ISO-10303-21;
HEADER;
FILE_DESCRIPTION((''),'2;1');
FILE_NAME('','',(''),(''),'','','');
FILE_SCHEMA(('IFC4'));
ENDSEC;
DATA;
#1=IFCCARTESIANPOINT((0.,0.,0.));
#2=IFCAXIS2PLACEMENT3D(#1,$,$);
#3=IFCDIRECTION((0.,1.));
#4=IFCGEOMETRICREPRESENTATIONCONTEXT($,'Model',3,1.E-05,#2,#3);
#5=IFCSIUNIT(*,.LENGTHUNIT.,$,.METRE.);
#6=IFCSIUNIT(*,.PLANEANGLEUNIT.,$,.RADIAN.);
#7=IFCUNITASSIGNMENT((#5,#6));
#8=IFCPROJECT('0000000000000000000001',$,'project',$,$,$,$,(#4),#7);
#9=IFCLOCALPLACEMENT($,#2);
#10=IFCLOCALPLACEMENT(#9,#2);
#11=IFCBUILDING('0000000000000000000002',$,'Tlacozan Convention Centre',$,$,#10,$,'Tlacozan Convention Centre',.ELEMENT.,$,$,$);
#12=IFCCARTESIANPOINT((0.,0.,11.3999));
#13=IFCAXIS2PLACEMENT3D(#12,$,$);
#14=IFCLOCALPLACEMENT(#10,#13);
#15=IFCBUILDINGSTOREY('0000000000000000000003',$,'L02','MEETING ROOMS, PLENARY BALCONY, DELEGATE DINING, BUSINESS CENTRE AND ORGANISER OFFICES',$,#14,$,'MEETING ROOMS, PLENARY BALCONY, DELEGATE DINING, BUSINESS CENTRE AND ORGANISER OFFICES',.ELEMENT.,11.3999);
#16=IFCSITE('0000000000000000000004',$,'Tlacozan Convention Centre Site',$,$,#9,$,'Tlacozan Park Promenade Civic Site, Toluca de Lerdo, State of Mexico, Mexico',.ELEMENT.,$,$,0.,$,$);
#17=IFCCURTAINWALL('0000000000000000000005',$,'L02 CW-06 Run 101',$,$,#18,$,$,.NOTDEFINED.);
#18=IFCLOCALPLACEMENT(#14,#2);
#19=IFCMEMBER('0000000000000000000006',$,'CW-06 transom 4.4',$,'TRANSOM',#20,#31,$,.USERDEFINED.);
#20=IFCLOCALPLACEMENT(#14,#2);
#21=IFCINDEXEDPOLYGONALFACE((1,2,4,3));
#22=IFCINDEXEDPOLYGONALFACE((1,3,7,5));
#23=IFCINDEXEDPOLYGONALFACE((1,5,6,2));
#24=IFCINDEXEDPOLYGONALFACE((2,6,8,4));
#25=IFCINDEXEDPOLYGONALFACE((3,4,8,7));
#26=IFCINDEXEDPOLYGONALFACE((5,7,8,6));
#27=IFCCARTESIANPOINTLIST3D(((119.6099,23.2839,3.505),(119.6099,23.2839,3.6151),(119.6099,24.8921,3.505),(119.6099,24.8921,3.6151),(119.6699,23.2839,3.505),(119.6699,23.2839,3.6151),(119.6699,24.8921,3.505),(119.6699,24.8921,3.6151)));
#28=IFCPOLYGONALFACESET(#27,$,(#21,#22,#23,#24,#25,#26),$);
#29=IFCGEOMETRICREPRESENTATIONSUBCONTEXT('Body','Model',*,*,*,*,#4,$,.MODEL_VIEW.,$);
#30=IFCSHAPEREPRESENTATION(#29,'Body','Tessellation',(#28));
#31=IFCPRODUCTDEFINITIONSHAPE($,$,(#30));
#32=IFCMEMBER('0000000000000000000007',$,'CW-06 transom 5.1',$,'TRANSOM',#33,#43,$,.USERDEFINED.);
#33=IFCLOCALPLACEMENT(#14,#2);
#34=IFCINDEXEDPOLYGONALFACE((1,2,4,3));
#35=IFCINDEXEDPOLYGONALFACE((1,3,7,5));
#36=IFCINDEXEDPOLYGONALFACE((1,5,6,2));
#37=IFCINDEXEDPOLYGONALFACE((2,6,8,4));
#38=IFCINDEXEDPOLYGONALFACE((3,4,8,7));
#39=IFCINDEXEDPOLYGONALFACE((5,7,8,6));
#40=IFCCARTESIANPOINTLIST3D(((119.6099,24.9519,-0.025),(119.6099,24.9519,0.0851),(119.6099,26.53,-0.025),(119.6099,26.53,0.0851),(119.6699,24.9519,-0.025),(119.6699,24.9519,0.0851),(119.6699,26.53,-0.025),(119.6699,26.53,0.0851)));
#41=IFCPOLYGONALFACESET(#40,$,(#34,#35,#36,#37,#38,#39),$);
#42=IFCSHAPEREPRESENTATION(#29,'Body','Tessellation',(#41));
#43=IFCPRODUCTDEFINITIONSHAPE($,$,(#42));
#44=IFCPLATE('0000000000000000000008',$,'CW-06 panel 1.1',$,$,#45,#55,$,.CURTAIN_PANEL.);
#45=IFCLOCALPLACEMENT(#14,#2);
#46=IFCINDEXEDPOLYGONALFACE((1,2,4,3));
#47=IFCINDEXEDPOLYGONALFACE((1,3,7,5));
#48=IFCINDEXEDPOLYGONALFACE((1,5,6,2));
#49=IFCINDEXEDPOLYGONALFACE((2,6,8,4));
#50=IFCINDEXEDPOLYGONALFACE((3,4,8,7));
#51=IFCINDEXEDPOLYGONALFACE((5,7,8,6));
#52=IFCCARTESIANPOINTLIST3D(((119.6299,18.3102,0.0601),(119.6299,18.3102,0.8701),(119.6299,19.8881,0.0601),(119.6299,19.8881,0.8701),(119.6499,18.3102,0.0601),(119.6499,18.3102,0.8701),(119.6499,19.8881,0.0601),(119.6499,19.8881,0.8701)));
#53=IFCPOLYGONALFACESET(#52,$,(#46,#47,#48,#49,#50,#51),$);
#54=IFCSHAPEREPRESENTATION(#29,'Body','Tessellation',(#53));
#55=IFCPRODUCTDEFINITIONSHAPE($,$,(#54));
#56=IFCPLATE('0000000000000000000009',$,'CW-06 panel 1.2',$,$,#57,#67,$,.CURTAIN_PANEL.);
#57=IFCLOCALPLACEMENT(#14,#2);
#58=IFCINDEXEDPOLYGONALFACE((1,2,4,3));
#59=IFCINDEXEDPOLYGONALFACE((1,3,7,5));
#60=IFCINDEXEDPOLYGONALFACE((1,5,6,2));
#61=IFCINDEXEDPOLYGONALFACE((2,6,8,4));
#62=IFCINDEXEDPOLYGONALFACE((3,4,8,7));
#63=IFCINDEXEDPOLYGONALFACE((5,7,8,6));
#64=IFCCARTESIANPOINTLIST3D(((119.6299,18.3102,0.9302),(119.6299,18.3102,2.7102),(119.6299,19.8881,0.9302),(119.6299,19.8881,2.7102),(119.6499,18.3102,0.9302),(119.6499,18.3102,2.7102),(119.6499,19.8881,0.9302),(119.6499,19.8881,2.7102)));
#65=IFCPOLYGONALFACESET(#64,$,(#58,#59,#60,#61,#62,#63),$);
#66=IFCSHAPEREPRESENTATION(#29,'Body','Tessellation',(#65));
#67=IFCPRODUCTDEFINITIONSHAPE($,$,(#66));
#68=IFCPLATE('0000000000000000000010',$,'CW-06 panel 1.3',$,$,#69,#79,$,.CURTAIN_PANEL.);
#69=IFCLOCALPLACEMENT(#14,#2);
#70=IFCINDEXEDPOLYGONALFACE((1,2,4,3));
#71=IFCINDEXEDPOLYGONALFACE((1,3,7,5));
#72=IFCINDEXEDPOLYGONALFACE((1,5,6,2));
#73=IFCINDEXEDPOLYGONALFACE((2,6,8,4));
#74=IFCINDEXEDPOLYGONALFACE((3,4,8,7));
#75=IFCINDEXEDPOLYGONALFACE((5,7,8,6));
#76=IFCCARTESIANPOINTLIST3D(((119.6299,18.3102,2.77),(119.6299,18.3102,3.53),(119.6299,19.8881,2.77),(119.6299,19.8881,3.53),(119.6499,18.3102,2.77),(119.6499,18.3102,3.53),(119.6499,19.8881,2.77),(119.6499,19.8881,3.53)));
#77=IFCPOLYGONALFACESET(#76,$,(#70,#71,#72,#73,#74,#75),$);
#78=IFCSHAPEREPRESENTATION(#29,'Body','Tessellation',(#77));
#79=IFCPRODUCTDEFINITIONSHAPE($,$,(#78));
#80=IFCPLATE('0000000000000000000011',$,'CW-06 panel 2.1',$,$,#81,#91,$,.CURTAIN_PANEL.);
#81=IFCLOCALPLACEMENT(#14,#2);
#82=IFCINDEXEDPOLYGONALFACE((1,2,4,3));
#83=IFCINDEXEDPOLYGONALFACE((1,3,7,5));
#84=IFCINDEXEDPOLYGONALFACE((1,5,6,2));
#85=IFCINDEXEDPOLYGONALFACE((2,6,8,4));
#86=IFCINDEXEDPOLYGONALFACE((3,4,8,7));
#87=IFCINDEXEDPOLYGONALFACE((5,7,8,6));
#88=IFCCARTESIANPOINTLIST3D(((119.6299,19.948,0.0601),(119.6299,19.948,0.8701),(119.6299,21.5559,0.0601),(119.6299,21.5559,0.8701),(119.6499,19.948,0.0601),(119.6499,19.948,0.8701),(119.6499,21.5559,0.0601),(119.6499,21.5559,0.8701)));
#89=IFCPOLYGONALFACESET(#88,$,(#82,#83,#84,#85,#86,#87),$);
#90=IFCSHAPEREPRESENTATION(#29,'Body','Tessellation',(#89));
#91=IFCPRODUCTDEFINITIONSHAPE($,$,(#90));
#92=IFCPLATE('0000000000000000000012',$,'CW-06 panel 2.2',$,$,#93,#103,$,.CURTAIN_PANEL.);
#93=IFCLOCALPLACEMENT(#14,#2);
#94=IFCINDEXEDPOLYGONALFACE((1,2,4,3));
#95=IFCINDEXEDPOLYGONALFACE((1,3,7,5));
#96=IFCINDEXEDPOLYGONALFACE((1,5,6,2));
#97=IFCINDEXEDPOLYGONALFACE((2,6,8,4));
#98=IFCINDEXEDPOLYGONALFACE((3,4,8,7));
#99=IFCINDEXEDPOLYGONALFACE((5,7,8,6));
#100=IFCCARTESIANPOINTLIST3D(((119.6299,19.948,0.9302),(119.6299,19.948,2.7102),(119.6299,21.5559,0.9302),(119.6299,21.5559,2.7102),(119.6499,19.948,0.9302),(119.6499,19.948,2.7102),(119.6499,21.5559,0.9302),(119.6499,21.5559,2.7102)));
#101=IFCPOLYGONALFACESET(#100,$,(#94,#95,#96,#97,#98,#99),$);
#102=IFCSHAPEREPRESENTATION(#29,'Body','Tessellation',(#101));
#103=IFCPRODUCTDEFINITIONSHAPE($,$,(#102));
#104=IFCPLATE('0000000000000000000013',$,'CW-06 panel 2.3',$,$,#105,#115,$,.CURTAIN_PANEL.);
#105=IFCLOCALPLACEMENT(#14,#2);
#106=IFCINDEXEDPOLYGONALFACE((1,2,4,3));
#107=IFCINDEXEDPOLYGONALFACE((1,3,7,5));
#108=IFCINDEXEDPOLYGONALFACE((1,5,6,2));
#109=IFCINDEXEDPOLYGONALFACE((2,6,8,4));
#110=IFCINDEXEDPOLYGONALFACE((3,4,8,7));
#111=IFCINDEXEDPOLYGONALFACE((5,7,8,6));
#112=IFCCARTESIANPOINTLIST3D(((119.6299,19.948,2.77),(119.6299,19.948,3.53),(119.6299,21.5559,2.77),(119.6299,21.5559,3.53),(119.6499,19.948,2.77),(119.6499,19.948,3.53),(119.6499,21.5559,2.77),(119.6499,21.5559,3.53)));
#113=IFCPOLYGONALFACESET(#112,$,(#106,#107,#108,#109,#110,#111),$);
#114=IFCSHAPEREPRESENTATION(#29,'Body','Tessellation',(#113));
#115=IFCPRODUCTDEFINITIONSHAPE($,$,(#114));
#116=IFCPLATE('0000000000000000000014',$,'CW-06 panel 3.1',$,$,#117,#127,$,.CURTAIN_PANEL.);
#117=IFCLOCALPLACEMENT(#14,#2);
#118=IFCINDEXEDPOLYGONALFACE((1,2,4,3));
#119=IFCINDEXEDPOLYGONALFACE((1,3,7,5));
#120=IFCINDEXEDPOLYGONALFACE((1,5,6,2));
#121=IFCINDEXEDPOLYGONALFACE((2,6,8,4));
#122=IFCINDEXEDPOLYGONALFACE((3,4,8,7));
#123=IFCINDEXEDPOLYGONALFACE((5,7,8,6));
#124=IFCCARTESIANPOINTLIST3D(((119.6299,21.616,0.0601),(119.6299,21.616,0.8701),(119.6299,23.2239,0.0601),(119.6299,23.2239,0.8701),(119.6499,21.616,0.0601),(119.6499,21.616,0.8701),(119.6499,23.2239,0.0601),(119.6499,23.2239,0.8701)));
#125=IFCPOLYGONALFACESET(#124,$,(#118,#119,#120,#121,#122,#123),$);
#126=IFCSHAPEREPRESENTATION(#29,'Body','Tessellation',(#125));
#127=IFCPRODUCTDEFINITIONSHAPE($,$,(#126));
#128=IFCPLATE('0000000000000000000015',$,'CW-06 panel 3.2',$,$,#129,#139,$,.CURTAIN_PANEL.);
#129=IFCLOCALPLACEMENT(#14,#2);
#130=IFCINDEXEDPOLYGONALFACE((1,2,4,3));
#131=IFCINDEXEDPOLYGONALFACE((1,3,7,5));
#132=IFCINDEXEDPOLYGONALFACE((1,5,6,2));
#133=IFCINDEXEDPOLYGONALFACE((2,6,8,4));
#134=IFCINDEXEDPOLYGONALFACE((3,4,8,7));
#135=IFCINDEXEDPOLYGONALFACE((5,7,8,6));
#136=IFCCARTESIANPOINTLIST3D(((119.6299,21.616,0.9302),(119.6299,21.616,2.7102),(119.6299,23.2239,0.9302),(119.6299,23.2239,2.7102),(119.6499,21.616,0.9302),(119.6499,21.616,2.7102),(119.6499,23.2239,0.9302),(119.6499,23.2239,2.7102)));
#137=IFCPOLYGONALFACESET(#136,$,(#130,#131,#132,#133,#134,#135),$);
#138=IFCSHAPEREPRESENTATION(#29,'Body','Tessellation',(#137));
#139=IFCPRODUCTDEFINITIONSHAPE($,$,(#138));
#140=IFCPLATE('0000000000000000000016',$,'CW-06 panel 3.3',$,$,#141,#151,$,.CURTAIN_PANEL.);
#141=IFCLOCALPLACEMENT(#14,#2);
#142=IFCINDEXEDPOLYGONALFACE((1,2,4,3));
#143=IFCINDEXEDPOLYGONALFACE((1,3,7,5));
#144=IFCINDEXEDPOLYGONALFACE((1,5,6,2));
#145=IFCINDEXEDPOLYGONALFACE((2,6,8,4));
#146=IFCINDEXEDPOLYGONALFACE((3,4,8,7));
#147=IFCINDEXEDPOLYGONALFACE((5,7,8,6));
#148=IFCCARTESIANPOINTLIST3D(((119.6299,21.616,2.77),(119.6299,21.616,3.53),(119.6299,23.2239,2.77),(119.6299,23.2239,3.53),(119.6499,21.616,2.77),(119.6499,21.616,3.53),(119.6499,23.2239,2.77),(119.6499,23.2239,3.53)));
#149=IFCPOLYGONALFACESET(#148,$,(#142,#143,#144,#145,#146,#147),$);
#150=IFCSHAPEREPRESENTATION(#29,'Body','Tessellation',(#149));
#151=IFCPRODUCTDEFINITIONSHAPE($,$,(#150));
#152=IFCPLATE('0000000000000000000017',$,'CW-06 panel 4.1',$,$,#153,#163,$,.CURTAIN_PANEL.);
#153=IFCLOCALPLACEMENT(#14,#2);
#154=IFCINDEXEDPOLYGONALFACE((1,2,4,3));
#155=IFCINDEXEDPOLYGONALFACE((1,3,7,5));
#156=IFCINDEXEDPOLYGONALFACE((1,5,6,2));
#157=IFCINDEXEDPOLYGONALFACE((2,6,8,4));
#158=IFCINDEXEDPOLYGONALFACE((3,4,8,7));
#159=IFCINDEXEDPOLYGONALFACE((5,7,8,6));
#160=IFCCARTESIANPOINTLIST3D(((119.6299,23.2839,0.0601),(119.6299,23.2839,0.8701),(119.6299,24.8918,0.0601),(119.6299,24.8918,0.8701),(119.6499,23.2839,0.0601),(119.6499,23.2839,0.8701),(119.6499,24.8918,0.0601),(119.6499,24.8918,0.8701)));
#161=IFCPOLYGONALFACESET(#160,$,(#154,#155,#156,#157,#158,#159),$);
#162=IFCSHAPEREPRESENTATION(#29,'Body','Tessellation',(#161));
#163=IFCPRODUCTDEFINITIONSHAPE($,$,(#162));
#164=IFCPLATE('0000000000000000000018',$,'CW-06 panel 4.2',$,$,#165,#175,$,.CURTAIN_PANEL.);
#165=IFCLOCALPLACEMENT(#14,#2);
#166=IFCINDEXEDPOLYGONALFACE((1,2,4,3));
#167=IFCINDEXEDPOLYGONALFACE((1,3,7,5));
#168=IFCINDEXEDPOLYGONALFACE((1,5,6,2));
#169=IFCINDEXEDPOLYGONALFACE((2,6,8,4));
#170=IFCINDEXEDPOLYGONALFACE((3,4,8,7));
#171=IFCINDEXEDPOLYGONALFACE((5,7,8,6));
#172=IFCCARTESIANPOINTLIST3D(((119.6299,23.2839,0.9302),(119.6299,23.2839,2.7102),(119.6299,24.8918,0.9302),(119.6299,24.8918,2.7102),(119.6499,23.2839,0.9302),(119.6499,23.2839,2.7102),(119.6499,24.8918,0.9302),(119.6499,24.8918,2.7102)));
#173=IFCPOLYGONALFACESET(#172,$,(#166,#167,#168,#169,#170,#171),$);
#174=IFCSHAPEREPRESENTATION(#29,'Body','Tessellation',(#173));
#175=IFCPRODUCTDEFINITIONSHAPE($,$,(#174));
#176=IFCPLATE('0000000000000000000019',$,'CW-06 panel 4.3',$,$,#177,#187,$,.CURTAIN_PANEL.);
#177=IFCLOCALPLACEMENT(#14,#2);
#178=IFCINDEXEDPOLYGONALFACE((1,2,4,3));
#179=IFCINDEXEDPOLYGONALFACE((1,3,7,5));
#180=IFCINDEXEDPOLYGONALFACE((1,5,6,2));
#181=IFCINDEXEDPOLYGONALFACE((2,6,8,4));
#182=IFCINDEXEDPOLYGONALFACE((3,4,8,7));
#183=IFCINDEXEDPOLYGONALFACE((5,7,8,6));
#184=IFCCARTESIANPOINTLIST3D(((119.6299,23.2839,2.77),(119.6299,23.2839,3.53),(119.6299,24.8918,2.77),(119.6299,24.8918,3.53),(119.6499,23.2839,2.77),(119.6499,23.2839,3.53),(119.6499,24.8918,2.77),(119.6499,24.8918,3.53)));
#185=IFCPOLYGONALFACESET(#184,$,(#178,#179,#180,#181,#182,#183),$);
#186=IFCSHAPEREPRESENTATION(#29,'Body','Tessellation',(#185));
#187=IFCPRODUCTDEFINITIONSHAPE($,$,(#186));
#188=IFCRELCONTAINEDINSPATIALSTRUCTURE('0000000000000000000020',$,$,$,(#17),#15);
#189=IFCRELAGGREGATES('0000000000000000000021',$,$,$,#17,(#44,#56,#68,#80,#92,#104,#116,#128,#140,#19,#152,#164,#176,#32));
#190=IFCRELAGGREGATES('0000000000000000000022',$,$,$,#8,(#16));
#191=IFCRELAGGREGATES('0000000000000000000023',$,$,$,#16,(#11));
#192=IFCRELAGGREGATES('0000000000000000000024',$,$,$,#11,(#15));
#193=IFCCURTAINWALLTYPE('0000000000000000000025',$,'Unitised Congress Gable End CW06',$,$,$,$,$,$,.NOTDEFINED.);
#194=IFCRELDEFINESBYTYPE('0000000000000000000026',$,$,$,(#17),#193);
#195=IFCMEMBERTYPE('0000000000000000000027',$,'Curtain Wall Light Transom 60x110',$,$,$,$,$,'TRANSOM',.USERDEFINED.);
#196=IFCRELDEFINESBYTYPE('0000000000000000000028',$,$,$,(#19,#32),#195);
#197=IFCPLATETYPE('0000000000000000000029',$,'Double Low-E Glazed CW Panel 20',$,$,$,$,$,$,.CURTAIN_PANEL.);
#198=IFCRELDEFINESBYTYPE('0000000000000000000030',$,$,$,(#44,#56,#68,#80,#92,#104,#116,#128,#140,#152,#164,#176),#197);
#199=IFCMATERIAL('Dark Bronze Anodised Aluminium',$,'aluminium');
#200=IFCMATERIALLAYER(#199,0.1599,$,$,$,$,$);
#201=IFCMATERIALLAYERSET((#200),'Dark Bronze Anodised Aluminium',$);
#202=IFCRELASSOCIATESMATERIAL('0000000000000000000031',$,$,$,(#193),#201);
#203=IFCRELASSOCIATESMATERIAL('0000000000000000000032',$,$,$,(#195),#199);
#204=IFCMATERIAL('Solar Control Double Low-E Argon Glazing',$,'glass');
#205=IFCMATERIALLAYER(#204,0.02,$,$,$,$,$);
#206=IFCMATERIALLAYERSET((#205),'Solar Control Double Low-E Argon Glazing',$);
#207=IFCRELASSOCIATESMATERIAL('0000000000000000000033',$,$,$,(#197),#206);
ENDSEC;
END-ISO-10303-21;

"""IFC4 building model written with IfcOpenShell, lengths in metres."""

from ifc_helpers import new_model, si_unit, direction, frame, origin, origin_2d, place, context, subcontext, project, spatial, rectangle, extrude, material, layer, layer_set, material_profile, profile_set, type_object, element, aggregate, save


model = new_model("IFC4")

# Units and contexts
model_context = context("Model", 3, precision=1e-05, world=origin(), true_north=direction((0.0, 1.0)))
body_context = subcontext(model_context, "Body", "Model", "MODEL_VIEW")
ifc_project = project(units=[si_unit("LENGTHUNIT", "METRE"), si_unit("PLANEANGLEUNIT", "RADIAN")], contexts=[model_context])

# Site, building, storey
site_placement = place(None, origin())
site = spatial("IfcSite", under=ifc_project, at=site_placement, Name="Tlacozan Convention Centre Site", LongName="Tlacozan Park Promenade Civic Site, Toluca de Lerdo, State of Mexico, Mexico", CompositionType="ELEMENT", RefElevation=0.0)
building_placement = place(site_placement, origin())
building = spatial("IfcBuilding", under=site, at=building_placement, Name="Tlacozan Convention Centre", LongName="Tlacozan Convention Centre", CompositionType="ELEMENT")
storey_placement = place(building_placement, frame((0.0, 0.0, 11.3999)))
storey = spatial("IfcBuildingStorey", under=building, at=storey_placement, Name="L02", Description="MEETING ROOMS, PLENARY BALCONY, DELEGATE DINING, BUSINESS CENTRE AND ORGANISER OFFICES", LongName="MEETING ROOMS, PLENARY BALCONY, DELEGATE DINING, BUSINESS CENTRE AND ORGANISER OFFICES", CompositionType="ELEMENT", Elevation=11.3999)

# Curtain wall, members, plates
ifc_material_1 = material(Name="Dark Bronze Anodised Aluminium", Category="aluminium")
ifc_layer_1 = layer(ifc_material_1, 0.1599)
ifc_layer_set_1 = layer_set([ifc_layer_1], Name="Dark Bronze Anodised Aluminium")
curtain_wall_type = type_object("IfcCurtainWallType", Name="Unitised Congress Gable End CW06", PredefinedType="NOTDEFINED", material=ifc_layer_set_1)
curtain_wall_placement = place(storey_placement, origin())
curtain_wall = element("IfcCurtainWall", 1, at=curtain_wall_placement, inside=storey, type_object=curtain_wall_type, Name="L02 CW-06 Run 101", PredefinedType="NOTDEFINED")
ifc_material_profile_1 = material_profile(ifc_material_1, rectangle(XDim=0.0601, YDim=0.1101, at=origin_2d()), Name="ALU 60x110")
ifc_profile_set_1 = profile_set([ifc_material_profile_1], Name="Dark Bronze Anodised Aluminium")
member_type_1 = type_object("IfcMemberType", Name="Curtain Wall Light Transom 60x110", ElementType="TRANSOM", PredefinedType="USERDEFINED", material=ifc_profile_set_1)
member_1_placement = place(storey_placement, frame((119.6399, 23.2839, 3.5601), z_axis=(0.0, 1.0, 0.0), x_axis=(-1.0, 0.0, 0.0)))
member_1 = element("IfcMember", 2, at=member_1_placement, type_object=member_type_1, Name="CW-06 transom 4.4", ObjectType="TRANSOM", PredefinedType="USERDEFINED", context=body_context, shape_type="SweptSolid", body=[
    extrude(rectangle(XDim=0.0601, YDim=0.1101, at=origin_2d()), origin(), (0.0, 0.0, 1.0), 1.6082),
])
member_2_placement = place(storey_placement, frame((119.6399, 24.9519, 0.03), z_axis=(0.0, 1.0, 0.0), x_axis=(-1.0, 0.0, 0.0)))
member_2 = element("IfcMember", 3, at=member_2_placement, type_object=member_type_1, Name="CW-06 transom 5.1", ObjectType="TRANSOM", PredefinedType="USERDEFINED", context=body_context, shape_type="SweptSolid", body=[
    extrude(rectangle(XDim=0.0601, YDim=0.1101, at=origin_2d()), origin(), (0.0, 0.0, 1.0), 1.5781),
])
ifc_material_2 = material(Name="Solar Control Double Low-E Argon Glazing", Category="glass")
ifc_layer_2 = layer(ifc_material_2, 0.02)
ifc_layer_set_2 = layer_set([ifc_layer_2], Name="Solar Control Double Low-E Argon Glazing")
plate_type = type_object("IfcPlateType", Name="Double Low-E Glazed CW Panel 20", PredefinedType="CURTAIN_PANEL", material=ifc_layer_set_2)
plate_1_placement = place(storey_placement, frame((119.6399, 19.0991, 0.0601), z_axis=(0.0, 0.0, 1.0), x_axis=(0.0, 1.0, 0.0)))
plate_1 = element("IfcPlate", 4, at=plate_1_placement, type_object=plate_type, Name="CW-06 panel 1.1", PredefinedType="CURTAIN_PANEL", context=body_context, shape_type="SweptSolid", body=[
    extrude(rectangle(XDim=1.5779, YDim=0.02, at=origin_2d()), origin(), (0.0, 0.0, 1.0), 0.8101),
])
plate_2_placement = place(storey_placement, frame((119.6399, 19.0991, 0.9302), z_axis=(0.0, 0.0, 1.0), x_axis=(0.0, 1.0, 0.0)))
plate_2 = element("IfcPlate", 5, at=plate_2_placement, type_object=plate_type, Name="CW-06 panel 1.2", PredefinedType="CURTAIN_PANEL", context=body_context, shape_type="SweptSolid", body=[
    extrude(rectangle(XDim=1.5779, YDim=0.02, at=origin_2d()), origin(), (0.0, 0.0, 1.0), 1.78),
])
plate_3_placement = place(storey_placement, frame((119.6399, 19.0991, 2.77), z_axis=(0.0, 0.0, 1.0), x_axis=(0.0, 1.0, 0.0)))
plate_3 = element("IfcPlate", 6, at=plate_3_placement, type_object=plate_type, Name="CW-06 panel 1.3", PredefinedType="CURTAIN_PANEL", context=body_context, shape_type="SweptSolid", body=[
    extrude(rectangle(XDim=1.5779, YDim=0.02, at=origin_2d()), origin(), (0.0, 0.0, 1.0), 0.76),
])
plate_4_placement = place(storey_placement, frame((119.6399, 20.752, 0.0601), z_axis=(0.0, 0.0, 1.0), x_axis=(0.0, 1.0, 0.0)))
plate_4 = element("IfcPlate", 7, at=plate_4_placement, type_object=plate_type, Name="CW-06 panel 2.1", PredefinedType="CURTAIN_PANEL", context=body_context, shape_type="SweptSolid", body=[
    extrude(rectangle(XDim=1.6079, YDim=0.02, at=origin_2d()), origin(), (0.0, 0.0, 1.0), 0.8101),
])
plate_5_placement = place(storey_placement, frame((119.6399, 20.752, 0.9302), z_axis=(0.0, 0.0, 1.0), x_axis=(0.0, 1.0, 0.0)))
plate_5 = element("IfcPlate", 8, at=plate_5_placement, type_object=plate_type, Name="CW-06 panel 2.2", PredefinedType="CURTAIN_PANEL", context=body_context, shape_type="SweptSolid", body=[
    extrude(rectangle(XDim=1.6079, YDim=0.02, at=origin_2d()), origin(), (0.0, 0.0, 1.0), 1.78),
])
plate_6_placement = place(storey_placement, frame((119.6399, 20.752, 2.77), z_axis=(0.0, 0.0, 1.0), x_axis=(0.0, 1.0, 0.0)))
plate_6 = element("IfcPlate", 9, at=plate_6_placement, type_object=plate_type, Name="CW-06 panel 2.3", PredefinedType="CURTAIN_PANEL", context=body_context, shape_type="SweptSolid", body=[
    extrude(rectangle(XDim=1.6079, YDim=0.02, at=origin_2d()), origin(), (0.0, 0.0, 1.0), 0.76),
])
plate_7_placement = place(storey_placement, frame((119.6399, 22.4199, 0.0601), z_axis=(0.0, 0.0, 1.0), x_axis=(0.0, 1.0, 0.0)))
plate_7 = element("IfcPlate", 10, at=plate_7_placement, type_object=plate_type, Name="CW-06 panel 3.1", PredefinedType="CURTAIN_PANEL", context=body_context, shape_type="SweptSolid", body=[
    extrude(rectangle(XDim=1.6079, YDim=0.02, at=origin_2d()), origin(), (0.0, 0.0, 1.0), 0.8101),
])
plate_8_placement = place(storey_placement, frame((119.6399, 22.4199, 0.9302), z_axis=(0.0, 0.0, 1.0), x_axis=(0.0, 1.0, 0.0)))
plate_8 = element("IfcPlate", 11, at=plate_8_placement, type_object=plate_type, Name="CW-06 panel 3.2", PredefinedType="CURTAIN_PANEL", context=body_context, shape_type="SweptSolid", body=[
    extrude(rectangle(XDim=1.6079, YDim=0.02, at=origin_2d()), origin(), (0.0, 0.0, 1.0), 1.78),
])
plate_9_placement = place(storey_placement, frame((119.6399, 22.4199, 2.77), z_axis=(0.0, 0.0, 1.0), x_axis=(0.0, 1.0, 0.0)))
plate_9 = element("IfcPlate", 12, at=plate_9_placement, type_object=plate_type, Name="CW-06 panel 3.3", PredefinedType="CURTAIN_PANEL", context=body_context, shape_type="SweptSolid", body=[
    extrude(rectangle(XDim=1.6079, YDim=0.02, at=origin_2d()), origin(), (0.0, 0.0, 1.0), 0.76),
])
plate_10_placement = place(storey_placement, frame((119.6399, 24.0879, 0.0601), z_axis=(0.0, 0.0, 1.0), x_axis=(0.0, 1.0, 0.0)))
plate_10 = element("IfcPlate", 13, at=plate_10_placement, type_object=plate_type, Name="CW-06 panel 4.1", PredefinedType="CURTAIN_PANEL", context=body_context, shape_type="SweptSolid", body=[
    extrude(rectangle(XDim=1.6079, YDim=0.02, at=origin_2d()), origin(), (0.0, 0.0, 1.0), 0.8101),
])
plate_11_placement = place(storey_placement, frame((119.6399, 24.0879, 0.9302), z_axis=(0.0, 0.0, 1.0), x_axis=(0.0, 1.0, 0.0)))
plate_11 = element("IfcPlate", 14, at=plate_11_placement, type_object=plate_type, Name="CW-06 panel 4.2", PredefinedType="CURTAIN_PANEL", context=body_context, shape_type="SweptSolid", body=[
    extrude(rectangle(XDim=1.6079, YDim=0.02, at=origin_2d()), origin(), (0.0, 0.0, 1.0), 1.78),
])
plate_12_placement = place(storey_placement, frame((119.6399, 24.0879, 2.77), z_axis=(0.0, 0.0, 1.0), x_axis=(0.0, 1.0, 0.0)))
plate_12 = element("IfcPlate", 15, at=plate_12_placement, type_object=plate_type, Name="CW-06 panel 4.3", PredefinedType="CURTAIN_PANEL", context=body_context, shape_type="SweptSolid", body=[
    extrude(rectangle(XDim=1.6079, YDim=0.02, at=origin_2d()), origin(), (0.0, 0.0, 1.0), 0.76),
])
aggregate(curtain_wall, [plate_1, plate_2, plate_3, plate_4, plate_5, plate_6, plate_7, plate_8, plate_9, member_1, plate_10, plate_11, plate_12, member_2])

save(model, "model.ifc")
